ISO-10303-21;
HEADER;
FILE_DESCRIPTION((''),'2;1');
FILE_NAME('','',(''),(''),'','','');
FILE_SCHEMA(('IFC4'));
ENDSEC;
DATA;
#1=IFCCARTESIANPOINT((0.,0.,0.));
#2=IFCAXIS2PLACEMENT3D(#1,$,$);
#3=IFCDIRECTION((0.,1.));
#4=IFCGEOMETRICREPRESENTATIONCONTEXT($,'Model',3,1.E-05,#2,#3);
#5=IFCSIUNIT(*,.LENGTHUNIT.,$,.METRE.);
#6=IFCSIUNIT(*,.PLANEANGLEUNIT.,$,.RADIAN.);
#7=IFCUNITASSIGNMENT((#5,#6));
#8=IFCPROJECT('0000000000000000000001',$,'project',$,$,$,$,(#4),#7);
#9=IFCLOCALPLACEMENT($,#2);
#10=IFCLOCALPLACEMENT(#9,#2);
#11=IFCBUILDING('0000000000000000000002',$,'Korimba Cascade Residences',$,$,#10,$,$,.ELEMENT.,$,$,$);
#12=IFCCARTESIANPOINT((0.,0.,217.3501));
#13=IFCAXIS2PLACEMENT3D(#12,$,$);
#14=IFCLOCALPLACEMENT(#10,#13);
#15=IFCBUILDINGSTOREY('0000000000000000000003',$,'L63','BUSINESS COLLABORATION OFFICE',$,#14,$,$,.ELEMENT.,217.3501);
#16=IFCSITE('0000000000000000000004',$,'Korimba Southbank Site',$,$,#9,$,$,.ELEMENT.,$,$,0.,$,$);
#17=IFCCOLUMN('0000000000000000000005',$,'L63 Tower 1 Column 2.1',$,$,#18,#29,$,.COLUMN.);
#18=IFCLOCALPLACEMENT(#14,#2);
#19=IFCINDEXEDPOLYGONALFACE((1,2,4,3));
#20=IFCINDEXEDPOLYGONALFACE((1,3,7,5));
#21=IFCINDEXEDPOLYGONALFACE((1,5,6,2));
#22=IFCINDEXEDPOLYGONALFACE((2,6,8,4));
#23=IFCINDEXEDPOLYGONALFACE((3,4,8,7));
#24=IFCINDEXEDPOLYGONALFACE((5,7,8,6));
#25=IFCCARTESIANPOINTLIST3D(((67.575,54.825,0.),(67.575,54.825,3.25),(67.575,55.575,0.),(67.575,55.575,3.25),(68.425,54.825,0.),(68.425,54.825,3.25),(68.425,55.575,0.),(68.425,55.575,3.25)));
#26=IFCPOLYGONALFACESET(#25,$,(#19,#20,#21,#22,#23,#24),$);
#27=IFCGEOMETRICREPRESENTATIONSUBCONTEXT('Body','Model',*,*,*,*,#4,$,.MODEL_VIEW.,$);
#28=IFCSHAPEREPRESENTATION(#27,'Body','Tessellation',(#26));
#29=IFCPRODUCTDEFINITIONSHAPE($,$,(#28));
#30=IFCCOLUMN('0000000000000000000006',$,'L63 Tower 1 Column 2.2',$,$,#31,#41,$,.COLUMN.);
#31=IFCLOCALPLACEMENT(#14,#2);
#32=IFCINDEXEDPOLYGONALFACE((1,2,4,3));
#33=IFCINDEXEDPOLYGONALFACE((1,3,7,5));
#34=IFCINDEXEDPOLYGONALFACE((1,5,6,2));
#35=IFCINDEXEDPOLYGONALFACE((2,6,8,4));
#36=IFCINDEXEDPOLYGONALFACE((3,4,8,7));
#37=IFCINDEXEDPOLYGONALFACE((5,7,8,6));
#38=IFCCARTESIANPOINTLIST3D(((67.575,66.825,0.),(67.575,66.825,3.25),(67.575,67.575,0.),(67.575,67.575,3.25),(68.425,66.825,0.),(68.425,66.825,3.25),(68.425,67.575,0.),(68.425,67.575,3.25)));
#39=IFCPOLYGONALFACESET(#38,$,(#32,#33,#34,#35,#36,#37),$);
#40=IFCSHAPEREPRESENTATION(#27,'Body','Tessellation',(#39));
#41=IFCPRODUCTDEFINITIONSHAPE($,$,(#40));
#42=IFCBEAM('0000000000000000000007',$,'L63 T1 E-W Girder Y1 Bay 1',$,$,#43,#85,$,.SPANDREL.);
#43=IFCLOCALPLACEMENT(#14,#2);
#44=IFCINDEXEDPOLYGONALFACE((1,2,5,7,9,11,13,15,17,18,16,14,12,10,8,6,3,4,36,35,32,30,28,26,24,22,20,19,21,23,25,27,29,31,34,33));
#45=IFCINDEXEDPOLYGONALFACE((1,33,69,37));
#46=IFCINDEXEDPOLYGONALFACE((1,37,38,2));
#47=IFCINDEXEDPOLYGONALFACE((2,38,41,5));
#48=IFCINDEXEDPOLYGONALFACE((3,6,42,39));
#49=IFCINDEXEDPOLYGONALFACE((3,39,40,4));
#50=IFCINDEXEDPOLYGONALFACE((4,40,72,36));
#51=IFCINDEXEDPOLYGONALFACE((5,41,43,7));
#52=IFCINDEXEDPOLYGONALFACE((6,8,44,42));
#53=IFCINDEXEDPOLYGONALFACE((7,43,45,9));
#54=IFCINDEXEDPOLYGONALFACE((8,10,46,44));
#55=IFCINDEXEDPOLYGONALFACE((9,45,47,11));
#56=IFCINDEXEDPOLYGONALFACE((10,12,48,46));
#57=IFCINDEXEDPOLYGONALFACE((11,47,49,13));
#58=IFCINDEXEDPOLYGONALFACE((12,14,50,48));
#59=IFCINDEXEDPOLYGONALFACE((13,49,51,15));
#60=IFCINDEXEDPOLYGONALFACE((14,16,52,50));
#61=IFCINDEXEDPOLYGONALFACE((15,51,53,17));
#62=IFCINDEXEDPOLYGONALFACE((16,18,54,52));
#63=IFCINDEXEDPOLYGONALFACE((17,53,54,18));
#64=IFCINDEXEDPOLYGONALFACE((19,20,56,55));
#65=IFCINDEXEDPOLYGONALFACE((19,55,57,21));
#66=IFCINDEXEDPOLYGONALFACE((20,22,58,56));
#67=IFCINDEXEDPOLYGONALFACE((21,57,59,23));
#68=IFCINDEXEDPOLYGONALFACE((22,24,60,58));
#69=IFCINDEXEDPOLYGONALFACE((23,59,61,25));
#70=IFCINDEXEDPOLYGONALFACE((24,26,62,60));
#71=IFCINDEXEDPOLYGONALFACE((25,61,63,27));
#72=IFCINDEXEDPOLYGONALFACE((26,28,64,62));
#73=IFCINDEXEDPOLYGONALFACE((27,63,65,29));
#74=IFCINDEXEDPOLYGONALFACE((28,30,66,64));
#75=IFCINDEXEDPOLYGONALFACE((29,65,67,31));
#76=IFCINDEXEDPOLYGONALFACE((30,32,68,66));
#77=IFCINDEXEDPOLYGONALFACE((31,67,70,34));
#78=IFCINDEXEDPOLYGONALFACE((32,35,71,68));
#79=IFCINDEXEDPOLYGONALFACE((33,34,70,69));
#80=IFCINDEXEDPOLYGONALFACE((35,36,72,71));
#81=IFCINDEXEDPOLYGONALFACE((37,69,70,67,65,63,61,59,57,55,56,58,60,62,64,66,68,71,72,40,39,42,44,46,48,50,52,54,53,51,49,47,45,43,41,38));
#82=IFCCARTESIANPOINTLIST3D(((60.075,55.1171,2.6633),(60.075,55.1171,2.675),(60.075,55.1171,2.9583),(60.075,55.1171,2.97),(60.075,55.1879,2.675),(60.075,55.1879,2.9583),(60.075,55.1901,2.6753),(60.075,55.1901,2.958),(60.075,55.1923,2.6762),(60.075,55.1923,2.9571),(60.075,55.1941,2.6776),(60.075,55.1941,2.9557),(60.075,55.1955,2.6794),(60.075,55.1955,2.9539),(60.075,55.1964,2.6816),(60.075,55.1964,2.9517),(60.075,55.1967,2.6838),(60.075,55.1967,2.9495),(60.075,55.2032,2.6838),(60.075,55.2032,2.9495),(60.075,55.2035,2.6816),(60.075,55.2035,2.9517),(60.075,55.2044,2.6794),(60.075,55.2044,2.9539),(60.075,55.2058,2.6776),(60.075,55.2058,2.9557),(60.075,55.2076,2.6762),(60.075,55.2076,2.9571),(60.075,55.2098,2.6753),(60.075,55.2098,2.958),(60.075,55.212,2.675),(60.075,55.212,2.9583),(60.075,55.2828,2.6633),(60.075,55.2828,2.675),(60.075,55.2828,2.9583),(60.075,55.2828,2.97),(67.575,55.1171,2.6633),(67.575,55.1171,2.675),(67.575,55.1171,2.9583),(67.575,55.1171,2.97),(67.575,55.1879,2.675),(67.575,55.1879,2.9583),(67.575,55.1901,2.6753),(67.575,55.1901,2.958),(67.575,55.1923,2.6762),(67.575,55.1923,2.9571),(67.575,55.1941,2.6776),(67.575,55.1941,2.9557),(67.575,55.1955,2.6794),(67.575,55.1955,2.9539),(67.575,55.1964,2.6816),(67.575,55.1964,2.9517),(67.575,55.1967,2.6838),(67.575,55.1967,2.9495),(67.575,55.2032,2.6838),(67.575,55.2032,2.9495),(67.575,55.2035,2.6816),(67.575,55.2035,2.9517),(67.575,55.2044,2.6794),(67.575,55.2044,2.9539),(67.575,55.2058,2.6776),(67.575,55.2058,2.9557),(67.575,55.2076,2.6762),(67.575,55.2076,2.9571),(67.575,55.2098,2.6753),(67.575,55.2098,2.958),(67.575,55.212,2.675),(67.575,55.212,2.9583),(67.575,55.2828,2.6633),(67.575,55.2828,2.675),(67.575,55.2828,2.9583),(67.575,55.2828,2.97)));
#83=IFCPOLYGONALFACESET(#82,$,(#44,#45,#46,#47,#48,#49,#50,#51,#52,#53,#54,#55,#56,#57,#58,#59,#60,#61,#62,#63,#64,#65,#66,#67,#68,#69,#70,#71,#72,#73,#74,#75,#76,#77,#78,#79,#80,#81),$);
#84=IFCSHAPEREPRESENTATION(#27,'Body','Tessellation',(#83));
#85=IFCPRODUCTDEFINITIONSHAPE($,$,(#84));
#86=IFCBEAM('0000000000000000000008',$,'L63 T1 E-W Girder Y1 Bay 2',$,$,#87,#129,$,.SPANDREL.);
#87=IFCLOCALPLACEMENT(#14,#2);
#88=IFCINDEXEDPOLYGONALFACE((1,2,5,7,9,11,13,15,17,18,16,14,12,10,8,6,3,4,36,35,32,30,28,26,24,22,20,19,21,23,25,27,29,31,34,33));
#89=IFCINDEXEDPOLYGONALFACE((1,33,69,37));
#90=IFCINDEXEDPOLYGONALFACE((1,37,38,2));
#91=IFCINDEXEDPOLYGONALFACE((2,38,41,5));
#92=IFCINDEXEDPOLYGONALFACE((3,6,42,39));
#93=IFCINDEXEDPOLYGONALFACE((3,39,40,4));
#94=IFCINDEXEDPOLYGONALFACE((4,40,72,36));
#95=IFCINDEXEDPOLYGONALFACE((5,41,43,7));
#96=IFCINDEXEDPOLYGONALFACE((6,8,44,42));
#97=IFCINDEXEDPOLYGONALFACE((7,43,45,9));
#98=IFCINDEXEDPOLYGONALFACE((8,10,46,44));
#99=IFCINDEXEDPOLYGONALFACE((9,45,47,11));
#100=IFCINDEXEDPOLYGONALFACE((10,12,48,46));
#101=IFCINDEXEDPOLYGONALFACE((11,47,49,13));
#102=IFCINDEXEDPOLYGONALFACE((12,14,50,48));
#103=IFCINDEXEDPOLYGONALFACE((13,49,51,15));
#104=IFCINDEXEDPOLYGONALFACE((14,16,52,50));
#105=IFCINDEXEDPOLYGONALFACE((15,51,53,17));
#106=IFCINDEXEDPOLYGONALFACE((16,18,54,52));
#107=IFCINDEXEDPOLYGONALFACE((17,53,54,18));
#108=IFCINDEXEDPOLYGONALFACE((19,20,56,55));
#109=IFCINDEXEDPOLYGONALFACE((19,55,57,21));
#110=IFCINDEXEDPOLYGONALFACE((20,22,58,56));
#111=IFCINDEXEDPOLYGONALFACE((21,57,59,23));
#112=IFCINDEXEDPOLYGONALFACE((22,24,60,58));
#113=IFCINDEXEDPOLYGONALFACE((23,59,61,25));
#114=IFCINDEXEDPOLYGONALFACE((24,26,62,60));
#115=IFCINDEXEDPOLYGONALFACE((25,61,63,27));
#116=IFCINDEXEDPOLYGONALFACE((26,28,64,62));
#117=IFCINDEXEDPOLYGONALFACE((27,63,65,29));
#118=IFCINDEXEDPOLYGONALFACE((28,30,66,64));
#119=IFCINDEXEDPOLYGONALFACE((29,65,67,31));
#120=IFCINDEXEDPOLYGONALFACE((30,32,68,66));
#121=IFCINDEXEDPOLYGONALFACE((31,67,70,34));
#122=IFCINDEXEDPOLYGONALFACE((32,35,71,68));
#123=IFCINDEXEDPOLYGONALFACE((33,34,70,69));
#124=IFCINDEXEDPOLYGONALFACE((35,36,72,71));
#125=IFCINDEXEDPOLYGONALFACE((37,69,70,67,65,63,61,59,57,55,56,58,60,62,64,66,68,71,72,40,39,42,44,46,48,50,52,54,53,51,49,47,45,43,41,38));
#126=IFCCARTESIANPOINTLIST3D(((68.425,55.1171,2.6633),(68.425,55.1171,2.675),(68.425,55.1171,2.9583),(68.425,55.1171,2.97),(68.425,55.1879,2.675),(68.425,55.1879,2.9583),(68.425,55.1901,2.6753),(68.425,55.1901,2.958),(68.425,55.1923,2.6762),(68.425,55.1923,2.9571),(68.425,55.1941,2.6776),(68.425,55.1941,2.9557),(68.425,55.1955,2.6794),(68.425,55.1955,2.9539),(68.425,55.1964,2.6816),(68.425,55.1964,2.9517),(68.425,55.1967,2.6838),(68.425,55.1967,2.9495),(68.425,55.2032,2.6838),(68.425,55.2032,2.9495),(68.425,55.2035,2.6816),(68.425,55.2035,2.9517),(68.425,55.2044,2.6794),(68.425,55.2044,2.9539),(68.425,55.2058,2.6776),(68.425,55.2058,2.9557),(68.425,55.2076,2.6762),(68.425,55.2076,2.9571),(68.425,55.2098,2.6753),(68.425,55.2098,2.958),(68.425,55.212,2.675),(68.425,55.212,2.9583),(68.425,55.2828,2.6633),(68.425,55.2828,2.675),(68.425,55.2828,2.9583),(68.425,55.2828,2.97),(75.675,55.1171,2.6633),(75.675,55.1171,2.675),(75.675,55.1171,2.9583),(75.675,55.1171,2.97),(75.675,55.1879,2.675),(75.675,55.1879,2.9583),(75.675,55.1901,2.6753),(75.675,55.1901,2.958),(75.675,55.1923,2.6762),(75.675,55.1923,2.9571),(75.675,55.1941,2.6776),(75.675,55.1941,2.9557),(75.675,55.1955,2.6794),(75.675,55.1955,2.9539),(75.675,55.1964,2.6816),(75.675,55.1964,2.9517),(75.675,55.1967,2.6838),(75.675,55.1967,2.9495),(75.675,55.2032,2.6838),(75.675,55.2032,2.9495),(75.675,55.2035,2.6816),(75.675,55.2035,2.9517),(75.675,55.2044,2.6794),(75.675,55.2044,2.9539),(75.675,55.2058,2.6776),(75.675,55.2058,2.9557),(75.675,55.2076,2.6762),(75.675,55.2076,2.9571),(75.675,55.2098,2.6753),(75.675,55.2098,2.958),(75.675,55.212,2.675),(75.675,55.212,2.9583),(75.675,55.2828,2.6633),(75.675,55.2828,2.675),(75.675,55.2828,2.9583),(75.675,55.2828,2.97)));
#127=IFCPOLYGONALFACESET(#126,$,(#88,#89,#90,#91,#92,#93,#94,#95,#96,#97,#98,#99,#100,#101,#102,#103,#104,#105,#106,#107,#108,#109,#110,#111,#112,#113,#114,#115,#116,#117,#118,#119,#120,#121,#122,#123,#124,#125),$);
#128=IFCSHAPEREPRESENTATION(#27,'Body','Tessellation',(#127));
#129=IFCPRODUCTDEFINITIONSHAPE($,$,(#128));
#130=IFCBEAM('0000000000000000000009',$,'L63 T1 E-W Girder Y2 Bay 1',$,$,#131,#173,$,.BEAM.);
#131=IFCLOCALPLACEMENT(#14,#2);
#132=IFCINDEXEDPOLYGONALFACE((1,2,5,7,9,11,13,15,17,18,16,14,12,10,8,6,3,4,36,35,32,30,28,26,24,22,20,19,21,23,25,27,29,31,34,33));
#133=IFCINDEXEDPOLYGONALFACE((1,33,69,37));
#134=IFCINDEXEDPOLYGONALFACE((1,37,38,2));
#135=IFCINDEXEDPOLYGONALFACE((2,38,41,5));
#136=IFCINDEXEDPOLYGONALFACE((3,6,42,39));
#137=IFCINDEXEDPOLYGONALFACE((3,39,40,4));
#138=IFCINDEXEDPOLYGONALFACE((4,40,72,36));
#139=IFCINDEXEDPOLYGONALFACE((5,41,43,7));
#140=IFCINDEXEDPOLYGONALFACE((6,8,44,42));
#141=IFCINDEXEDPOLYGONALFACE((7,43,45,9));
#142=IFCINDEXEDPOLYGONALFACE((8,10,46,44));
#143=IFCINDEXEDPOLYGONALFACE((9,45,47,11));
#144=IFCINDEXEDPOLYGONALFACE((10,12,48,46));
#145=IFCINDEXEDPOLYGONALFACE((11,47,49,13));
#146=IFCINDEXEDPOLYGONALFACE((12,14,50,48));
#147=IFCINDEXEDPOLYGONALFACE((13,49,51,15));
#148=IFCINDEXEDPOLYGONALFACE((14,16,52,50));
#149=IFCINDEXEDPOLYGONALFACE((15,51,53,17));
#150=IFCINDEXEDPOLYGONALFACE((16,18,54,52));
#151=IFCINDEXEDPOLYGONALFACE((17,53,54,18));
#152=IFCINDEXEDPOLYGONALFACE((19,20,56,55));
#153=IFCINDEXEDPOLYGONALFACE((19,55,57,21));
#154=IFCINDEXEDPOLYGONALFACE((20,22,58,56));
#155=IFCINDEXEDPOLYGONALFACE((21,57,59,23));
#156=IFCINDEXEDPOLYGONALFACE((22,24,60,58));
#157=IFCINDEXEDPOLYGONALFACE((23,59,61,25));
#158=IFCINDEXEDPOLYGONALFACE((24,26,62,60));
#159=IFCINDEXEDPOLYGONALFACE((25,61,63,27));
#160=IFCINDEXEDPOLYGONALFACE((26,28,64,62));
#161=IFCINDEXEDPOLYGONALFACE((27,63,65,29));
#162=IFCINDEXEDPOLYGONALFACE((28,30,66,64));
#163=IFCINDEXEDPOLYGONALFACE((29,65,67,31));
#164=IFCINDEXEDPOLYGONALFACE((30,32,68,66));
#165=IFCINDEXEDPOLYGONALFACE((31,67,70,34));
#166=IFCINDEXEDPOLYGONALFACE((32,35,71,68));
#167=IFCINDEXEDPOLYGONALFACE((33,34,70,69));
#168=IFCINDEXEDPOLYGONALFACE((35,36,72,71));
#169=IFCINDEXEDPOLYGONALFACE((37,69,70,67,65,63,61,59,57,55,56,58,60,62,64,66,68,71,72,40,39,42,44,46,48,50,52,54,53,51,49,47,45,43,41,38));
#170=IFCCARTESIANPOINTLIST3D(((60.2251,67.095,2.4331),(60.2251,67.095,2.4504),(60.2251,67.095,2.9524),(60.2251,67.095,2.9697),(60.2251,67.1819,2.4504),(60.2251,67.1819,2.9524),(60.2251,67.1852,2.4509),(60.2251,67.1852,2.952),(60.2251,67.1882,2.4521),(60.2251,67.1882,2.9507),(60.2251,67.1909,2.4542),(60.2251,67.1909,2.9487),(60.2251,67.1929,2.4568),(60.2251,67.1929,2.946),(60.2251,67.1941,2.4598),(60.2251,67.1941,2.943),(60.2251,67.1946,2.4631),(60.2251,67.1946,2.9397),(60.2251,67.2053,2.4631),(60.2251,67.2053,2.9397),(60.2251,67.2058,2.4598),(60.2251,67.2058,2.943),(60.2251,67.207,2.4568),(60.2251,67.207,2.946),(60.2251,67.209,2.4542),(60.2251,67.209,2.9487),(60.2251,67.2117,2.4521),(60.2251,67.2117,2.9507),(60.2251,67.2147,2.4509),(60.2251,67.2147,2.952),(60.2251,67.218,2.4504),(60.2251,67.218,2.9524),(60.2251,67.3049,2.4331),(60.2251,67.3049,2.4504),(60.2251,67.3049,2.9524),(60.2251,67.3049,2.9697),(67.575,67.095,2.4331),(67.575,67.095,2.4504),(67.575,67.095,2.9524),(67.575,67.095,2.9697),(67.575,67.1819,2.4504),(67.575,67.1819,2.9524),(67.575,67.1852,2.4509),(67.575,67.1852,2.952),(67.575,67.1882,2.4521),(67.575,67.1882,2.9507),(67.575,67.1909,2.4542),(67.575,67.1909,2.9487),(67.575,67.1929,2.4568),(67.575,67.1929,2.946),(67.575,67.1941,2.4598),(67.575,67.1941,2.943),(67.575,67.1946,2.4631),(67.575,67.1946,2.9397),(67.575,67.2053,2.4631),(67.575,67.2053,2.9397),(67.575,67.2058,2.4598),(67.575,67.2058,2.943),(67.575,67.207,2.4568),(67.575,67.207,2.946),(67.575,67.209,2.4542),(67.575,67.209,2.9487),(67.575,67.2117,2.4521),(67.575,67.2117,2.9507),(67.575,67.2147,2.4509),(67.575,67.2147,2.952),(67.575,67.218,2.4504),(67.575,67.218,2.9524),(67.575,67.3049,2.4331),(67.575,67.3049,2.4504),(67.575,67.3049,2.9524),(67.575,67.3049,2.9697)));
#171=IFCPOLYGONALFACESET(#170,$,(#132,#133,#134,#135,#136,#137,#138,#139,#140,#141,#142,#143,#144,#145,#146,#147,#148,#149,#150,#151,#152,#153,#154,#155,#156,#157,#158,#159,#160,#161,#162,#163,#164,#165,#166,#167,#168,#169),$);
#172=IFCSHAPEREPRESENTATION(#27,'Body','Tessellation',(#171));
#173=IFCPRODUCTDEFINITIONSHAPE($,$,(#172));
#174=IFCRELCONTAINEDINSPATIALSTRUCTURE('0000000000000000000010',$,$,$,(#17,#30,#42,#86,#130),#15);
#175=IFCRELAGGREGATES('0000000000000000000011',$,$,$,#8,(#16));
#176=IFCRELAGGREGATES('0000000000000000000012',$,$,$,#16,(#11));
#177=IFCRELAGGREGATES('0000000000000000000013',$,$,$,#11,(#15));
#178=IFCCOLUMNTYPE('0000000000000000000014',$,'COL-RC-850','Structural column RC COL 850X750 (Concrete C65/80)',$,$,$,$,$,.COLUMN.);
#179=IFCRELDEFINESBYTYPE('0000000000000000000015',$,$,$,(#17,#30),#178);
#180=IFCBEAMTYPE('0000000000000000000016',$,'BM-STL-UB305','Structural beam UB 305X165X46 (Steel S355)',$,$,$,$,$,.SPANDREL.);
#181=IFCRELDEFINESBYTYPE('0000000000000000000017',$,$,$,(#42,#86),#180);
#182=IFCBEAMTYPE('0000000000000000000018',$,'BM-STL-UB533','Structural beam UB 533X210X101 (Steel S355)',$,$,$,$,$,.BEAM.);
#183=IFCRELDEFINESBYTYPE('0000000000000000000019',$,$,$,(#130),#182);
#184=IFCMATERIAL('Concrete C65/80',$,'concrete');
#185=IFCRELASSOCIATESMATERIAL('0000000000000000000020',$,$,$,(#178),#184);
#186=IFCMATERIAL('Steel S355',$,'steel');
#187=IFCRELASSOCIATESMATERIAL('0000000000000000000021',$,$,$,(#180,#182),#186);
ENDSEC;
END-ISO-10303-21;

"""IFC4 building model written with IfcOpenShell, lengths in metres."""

from ifc_helpers import new_model, si_unit, direction, frame, origin, origin_2d, place, context, subcontext, project, spatial, rectangle, i_section, extrude, material, material_profile, profile_set, type_object, element, save


model = new_model("IFC4")

# Units and contexts
model_context = context("Model", 3, precision=1e-05, world=origin(), true_north=direction((0.0, 1.0)))
body_context = subcontext(model_context, "Body", "Model", "MODEL_VIEW")
ifc_project = project(units=[si_unit("LENGTHUNIT", "METRE"), si_unit("PLANEANGLEUNIT", "RADIAN")], contexts=[model_context])

# Site, building, storey
site_placement = place(None, origin())
site = spatial("IfcSite", under=ifc_project, at=site_placement, Name="Korimba Southbank Site", CompositionType="ELEMENT", RefElevation=0.0)
building_placement = place(site_placement, origin())
building = spatial("IfcBuilding", under=site, at=building_placement, Name="Korimba Cascade Residences", CompositionType="ELEMENT")
storey_placement = place(building_placement, frame((0.0, 0.0, 217.3501)))
storey = spatial("IfcBuildingStorey", under=building, at=storey_placement, Name="L63", Description="BUSINESS COLLABORATION OFFICE", CompositionType="ELEMENT", Elevation=217.3501)

# Columns
ifc_material_1 = material(Name="Concrete C65/80", Category="concrete")
ifc_material_profile_1 = material_profile(ifc_material_1, rectangle(XDim=0.8501, YDim=0.75, at=origin_2d()), Name="Concrete C65/80")
ifc_profile_set_1 = profile_set([ifc_material_profile_1], Name="Concrete C65/80")
column_type = type_object("IfcColumnType", Name="COL-RC-850", Description="Structural column RC COL 850X750 (Concrete C65/80)", PredefinedType="COLUMN", material=ifc_profile_set_1)
for number, where, z_axis, x_axis, name in (
    (1, (68.0, 55.2, 0.0), (0.0, 0.0, 1.0), (1.0, 0.0, 0.0), "L63 Tower 1 Column 2.1"),
    (2, (68.0, 67.2, 0.0), (0.0, 0.0, 1.0), (1.0, 0.0, 0.0), "L63 Tower 1 Column 2.2"),
):
    element("IfcColumn", number, at=place(storey_placement, frame(where, z_axis=z_axis, x_axis=x_axis)), inside=storey, type_object=column_type, Name=name, PredefinedType="COLUMN", context=body_context, shape_type="SweptSolid", body=[
        extrude(rectangle(XDim=0.8501, YDim=0.75, at=origin_2d()), origin(), (0.0, 0.0, 1.0), 3.25),
    ])

# Beams
ifc_material_2 = material(Name="Steel S355", Category="steel")
ifc_material_profile_2 = material_profile(ifc_material_2, i_section(OverallWidth=0.1658, OverallDepth=0.3066, WebThickness=0.0066, FlangeThickness=0.0117, FilletRadius=0.0088, at=origin_2d()), Name="Steel S355")
ifc_profile_set_2 = profile_set([ifc_material_profile_2], Name="Steel S355")
beam_type_1 = type_object("IfcBeamType", Name="BM-STL-UB305", Description="Structural beam UB 305X165X46 (Steel S355)", PredefinedType="SPANDREL", material=ifc_profile_set_2)
beam_1_placement = place(storey_placement, frame((60.075, 55.2, 2.8167), z_axis=(1.0, 0.0, 0.0), x_axis=(0.0, 1.0, 0.0)))
element("IfcBeam", 3, at=beam_1_placement, inside=storey, type_object=beam_type_1, Name="L63 T1 E-W Girder Y1 Bay 1", PredefinedType="SPANDREL", context=body_context, shape_type="SweptSolid", body=[
    extrude(i_section(OverallWidth=0.1658, OverallDepth=0.3066, WebThickness=0.0066, FlangeThickness=0.0117, FilletRadius=0.0088, at=origin_2d()), origin(), (0.0, 0.0, 1.0), 7.5),
])
beam_2_placement = place(storey_placement, frame((68.425, 55.2, 2.8167), z_axis=(1.0, 0.0, 0.0), x_axis=(0.0, 1.0, 0.0)))
element("IfcBeam", 4, at=beam_2_placement, inside=storey, type_object=beam_type_1, Name="L63 T1 E-W Girder Y1 Bay 2", PredefinedType="SPANDREL", context=body_context, shape_type="SweptSolid", body=[
    extrude(i_section(OverallWidth=0.1658, OverallDepth=0.3066, WebThickness=0.0066, FlangeThickness=0.0117, FilletRadius=0.0088, at=origin_2d()), origin(), (0.0, 0.0, 1.0), 7.25),
])
ifc_material_profile_3 = material_profile(ifc_material_2, i_section(OverallWidth=0.21, OverallDepth=0.5366, WebThickness=0.0107, FlangeThickness=0.0173, FilletRadius=0.0127, at=origin_2d()), Name="Steel S355")
ifc_profile_set_3 = profile_set([ifc_material_profile_3], Name="Steel S355")
beam_type_2 = type_object("IfcBeamType", Name="BM-STL-UB533", Description="Structural beam UB 533X210X101 (Steel S355)", PredefinedType="BEAM", material=ifc_profile_set_3)
beam_3_placement = place(storey_placement, frame((60.2251, 67.2, 2.7014), z_axis=(1.0, 0.0, 0.0), x_axis=(0.0, 1.0, 0.0)))
element("IfcBeam", 5, at=beam_3_placement, inside=storey, type_object=beam_type_2, Name="L63 T1 E-W Girder Y2 Bay 1", PredefinedType="BEAM", context=body_context, shape_type="SweptSolid", body=[
    extrude(i_section(OverallWidth=0.21, OverallDepth=0.5366, WebThickness=0.0107, FlangeThickness=0.0173, FilletRadius=0.0127, at=origin_2d()), origin(), (0.0, 0.0, 1.0), 7.3499),
])

save(model, "model.ifc")
